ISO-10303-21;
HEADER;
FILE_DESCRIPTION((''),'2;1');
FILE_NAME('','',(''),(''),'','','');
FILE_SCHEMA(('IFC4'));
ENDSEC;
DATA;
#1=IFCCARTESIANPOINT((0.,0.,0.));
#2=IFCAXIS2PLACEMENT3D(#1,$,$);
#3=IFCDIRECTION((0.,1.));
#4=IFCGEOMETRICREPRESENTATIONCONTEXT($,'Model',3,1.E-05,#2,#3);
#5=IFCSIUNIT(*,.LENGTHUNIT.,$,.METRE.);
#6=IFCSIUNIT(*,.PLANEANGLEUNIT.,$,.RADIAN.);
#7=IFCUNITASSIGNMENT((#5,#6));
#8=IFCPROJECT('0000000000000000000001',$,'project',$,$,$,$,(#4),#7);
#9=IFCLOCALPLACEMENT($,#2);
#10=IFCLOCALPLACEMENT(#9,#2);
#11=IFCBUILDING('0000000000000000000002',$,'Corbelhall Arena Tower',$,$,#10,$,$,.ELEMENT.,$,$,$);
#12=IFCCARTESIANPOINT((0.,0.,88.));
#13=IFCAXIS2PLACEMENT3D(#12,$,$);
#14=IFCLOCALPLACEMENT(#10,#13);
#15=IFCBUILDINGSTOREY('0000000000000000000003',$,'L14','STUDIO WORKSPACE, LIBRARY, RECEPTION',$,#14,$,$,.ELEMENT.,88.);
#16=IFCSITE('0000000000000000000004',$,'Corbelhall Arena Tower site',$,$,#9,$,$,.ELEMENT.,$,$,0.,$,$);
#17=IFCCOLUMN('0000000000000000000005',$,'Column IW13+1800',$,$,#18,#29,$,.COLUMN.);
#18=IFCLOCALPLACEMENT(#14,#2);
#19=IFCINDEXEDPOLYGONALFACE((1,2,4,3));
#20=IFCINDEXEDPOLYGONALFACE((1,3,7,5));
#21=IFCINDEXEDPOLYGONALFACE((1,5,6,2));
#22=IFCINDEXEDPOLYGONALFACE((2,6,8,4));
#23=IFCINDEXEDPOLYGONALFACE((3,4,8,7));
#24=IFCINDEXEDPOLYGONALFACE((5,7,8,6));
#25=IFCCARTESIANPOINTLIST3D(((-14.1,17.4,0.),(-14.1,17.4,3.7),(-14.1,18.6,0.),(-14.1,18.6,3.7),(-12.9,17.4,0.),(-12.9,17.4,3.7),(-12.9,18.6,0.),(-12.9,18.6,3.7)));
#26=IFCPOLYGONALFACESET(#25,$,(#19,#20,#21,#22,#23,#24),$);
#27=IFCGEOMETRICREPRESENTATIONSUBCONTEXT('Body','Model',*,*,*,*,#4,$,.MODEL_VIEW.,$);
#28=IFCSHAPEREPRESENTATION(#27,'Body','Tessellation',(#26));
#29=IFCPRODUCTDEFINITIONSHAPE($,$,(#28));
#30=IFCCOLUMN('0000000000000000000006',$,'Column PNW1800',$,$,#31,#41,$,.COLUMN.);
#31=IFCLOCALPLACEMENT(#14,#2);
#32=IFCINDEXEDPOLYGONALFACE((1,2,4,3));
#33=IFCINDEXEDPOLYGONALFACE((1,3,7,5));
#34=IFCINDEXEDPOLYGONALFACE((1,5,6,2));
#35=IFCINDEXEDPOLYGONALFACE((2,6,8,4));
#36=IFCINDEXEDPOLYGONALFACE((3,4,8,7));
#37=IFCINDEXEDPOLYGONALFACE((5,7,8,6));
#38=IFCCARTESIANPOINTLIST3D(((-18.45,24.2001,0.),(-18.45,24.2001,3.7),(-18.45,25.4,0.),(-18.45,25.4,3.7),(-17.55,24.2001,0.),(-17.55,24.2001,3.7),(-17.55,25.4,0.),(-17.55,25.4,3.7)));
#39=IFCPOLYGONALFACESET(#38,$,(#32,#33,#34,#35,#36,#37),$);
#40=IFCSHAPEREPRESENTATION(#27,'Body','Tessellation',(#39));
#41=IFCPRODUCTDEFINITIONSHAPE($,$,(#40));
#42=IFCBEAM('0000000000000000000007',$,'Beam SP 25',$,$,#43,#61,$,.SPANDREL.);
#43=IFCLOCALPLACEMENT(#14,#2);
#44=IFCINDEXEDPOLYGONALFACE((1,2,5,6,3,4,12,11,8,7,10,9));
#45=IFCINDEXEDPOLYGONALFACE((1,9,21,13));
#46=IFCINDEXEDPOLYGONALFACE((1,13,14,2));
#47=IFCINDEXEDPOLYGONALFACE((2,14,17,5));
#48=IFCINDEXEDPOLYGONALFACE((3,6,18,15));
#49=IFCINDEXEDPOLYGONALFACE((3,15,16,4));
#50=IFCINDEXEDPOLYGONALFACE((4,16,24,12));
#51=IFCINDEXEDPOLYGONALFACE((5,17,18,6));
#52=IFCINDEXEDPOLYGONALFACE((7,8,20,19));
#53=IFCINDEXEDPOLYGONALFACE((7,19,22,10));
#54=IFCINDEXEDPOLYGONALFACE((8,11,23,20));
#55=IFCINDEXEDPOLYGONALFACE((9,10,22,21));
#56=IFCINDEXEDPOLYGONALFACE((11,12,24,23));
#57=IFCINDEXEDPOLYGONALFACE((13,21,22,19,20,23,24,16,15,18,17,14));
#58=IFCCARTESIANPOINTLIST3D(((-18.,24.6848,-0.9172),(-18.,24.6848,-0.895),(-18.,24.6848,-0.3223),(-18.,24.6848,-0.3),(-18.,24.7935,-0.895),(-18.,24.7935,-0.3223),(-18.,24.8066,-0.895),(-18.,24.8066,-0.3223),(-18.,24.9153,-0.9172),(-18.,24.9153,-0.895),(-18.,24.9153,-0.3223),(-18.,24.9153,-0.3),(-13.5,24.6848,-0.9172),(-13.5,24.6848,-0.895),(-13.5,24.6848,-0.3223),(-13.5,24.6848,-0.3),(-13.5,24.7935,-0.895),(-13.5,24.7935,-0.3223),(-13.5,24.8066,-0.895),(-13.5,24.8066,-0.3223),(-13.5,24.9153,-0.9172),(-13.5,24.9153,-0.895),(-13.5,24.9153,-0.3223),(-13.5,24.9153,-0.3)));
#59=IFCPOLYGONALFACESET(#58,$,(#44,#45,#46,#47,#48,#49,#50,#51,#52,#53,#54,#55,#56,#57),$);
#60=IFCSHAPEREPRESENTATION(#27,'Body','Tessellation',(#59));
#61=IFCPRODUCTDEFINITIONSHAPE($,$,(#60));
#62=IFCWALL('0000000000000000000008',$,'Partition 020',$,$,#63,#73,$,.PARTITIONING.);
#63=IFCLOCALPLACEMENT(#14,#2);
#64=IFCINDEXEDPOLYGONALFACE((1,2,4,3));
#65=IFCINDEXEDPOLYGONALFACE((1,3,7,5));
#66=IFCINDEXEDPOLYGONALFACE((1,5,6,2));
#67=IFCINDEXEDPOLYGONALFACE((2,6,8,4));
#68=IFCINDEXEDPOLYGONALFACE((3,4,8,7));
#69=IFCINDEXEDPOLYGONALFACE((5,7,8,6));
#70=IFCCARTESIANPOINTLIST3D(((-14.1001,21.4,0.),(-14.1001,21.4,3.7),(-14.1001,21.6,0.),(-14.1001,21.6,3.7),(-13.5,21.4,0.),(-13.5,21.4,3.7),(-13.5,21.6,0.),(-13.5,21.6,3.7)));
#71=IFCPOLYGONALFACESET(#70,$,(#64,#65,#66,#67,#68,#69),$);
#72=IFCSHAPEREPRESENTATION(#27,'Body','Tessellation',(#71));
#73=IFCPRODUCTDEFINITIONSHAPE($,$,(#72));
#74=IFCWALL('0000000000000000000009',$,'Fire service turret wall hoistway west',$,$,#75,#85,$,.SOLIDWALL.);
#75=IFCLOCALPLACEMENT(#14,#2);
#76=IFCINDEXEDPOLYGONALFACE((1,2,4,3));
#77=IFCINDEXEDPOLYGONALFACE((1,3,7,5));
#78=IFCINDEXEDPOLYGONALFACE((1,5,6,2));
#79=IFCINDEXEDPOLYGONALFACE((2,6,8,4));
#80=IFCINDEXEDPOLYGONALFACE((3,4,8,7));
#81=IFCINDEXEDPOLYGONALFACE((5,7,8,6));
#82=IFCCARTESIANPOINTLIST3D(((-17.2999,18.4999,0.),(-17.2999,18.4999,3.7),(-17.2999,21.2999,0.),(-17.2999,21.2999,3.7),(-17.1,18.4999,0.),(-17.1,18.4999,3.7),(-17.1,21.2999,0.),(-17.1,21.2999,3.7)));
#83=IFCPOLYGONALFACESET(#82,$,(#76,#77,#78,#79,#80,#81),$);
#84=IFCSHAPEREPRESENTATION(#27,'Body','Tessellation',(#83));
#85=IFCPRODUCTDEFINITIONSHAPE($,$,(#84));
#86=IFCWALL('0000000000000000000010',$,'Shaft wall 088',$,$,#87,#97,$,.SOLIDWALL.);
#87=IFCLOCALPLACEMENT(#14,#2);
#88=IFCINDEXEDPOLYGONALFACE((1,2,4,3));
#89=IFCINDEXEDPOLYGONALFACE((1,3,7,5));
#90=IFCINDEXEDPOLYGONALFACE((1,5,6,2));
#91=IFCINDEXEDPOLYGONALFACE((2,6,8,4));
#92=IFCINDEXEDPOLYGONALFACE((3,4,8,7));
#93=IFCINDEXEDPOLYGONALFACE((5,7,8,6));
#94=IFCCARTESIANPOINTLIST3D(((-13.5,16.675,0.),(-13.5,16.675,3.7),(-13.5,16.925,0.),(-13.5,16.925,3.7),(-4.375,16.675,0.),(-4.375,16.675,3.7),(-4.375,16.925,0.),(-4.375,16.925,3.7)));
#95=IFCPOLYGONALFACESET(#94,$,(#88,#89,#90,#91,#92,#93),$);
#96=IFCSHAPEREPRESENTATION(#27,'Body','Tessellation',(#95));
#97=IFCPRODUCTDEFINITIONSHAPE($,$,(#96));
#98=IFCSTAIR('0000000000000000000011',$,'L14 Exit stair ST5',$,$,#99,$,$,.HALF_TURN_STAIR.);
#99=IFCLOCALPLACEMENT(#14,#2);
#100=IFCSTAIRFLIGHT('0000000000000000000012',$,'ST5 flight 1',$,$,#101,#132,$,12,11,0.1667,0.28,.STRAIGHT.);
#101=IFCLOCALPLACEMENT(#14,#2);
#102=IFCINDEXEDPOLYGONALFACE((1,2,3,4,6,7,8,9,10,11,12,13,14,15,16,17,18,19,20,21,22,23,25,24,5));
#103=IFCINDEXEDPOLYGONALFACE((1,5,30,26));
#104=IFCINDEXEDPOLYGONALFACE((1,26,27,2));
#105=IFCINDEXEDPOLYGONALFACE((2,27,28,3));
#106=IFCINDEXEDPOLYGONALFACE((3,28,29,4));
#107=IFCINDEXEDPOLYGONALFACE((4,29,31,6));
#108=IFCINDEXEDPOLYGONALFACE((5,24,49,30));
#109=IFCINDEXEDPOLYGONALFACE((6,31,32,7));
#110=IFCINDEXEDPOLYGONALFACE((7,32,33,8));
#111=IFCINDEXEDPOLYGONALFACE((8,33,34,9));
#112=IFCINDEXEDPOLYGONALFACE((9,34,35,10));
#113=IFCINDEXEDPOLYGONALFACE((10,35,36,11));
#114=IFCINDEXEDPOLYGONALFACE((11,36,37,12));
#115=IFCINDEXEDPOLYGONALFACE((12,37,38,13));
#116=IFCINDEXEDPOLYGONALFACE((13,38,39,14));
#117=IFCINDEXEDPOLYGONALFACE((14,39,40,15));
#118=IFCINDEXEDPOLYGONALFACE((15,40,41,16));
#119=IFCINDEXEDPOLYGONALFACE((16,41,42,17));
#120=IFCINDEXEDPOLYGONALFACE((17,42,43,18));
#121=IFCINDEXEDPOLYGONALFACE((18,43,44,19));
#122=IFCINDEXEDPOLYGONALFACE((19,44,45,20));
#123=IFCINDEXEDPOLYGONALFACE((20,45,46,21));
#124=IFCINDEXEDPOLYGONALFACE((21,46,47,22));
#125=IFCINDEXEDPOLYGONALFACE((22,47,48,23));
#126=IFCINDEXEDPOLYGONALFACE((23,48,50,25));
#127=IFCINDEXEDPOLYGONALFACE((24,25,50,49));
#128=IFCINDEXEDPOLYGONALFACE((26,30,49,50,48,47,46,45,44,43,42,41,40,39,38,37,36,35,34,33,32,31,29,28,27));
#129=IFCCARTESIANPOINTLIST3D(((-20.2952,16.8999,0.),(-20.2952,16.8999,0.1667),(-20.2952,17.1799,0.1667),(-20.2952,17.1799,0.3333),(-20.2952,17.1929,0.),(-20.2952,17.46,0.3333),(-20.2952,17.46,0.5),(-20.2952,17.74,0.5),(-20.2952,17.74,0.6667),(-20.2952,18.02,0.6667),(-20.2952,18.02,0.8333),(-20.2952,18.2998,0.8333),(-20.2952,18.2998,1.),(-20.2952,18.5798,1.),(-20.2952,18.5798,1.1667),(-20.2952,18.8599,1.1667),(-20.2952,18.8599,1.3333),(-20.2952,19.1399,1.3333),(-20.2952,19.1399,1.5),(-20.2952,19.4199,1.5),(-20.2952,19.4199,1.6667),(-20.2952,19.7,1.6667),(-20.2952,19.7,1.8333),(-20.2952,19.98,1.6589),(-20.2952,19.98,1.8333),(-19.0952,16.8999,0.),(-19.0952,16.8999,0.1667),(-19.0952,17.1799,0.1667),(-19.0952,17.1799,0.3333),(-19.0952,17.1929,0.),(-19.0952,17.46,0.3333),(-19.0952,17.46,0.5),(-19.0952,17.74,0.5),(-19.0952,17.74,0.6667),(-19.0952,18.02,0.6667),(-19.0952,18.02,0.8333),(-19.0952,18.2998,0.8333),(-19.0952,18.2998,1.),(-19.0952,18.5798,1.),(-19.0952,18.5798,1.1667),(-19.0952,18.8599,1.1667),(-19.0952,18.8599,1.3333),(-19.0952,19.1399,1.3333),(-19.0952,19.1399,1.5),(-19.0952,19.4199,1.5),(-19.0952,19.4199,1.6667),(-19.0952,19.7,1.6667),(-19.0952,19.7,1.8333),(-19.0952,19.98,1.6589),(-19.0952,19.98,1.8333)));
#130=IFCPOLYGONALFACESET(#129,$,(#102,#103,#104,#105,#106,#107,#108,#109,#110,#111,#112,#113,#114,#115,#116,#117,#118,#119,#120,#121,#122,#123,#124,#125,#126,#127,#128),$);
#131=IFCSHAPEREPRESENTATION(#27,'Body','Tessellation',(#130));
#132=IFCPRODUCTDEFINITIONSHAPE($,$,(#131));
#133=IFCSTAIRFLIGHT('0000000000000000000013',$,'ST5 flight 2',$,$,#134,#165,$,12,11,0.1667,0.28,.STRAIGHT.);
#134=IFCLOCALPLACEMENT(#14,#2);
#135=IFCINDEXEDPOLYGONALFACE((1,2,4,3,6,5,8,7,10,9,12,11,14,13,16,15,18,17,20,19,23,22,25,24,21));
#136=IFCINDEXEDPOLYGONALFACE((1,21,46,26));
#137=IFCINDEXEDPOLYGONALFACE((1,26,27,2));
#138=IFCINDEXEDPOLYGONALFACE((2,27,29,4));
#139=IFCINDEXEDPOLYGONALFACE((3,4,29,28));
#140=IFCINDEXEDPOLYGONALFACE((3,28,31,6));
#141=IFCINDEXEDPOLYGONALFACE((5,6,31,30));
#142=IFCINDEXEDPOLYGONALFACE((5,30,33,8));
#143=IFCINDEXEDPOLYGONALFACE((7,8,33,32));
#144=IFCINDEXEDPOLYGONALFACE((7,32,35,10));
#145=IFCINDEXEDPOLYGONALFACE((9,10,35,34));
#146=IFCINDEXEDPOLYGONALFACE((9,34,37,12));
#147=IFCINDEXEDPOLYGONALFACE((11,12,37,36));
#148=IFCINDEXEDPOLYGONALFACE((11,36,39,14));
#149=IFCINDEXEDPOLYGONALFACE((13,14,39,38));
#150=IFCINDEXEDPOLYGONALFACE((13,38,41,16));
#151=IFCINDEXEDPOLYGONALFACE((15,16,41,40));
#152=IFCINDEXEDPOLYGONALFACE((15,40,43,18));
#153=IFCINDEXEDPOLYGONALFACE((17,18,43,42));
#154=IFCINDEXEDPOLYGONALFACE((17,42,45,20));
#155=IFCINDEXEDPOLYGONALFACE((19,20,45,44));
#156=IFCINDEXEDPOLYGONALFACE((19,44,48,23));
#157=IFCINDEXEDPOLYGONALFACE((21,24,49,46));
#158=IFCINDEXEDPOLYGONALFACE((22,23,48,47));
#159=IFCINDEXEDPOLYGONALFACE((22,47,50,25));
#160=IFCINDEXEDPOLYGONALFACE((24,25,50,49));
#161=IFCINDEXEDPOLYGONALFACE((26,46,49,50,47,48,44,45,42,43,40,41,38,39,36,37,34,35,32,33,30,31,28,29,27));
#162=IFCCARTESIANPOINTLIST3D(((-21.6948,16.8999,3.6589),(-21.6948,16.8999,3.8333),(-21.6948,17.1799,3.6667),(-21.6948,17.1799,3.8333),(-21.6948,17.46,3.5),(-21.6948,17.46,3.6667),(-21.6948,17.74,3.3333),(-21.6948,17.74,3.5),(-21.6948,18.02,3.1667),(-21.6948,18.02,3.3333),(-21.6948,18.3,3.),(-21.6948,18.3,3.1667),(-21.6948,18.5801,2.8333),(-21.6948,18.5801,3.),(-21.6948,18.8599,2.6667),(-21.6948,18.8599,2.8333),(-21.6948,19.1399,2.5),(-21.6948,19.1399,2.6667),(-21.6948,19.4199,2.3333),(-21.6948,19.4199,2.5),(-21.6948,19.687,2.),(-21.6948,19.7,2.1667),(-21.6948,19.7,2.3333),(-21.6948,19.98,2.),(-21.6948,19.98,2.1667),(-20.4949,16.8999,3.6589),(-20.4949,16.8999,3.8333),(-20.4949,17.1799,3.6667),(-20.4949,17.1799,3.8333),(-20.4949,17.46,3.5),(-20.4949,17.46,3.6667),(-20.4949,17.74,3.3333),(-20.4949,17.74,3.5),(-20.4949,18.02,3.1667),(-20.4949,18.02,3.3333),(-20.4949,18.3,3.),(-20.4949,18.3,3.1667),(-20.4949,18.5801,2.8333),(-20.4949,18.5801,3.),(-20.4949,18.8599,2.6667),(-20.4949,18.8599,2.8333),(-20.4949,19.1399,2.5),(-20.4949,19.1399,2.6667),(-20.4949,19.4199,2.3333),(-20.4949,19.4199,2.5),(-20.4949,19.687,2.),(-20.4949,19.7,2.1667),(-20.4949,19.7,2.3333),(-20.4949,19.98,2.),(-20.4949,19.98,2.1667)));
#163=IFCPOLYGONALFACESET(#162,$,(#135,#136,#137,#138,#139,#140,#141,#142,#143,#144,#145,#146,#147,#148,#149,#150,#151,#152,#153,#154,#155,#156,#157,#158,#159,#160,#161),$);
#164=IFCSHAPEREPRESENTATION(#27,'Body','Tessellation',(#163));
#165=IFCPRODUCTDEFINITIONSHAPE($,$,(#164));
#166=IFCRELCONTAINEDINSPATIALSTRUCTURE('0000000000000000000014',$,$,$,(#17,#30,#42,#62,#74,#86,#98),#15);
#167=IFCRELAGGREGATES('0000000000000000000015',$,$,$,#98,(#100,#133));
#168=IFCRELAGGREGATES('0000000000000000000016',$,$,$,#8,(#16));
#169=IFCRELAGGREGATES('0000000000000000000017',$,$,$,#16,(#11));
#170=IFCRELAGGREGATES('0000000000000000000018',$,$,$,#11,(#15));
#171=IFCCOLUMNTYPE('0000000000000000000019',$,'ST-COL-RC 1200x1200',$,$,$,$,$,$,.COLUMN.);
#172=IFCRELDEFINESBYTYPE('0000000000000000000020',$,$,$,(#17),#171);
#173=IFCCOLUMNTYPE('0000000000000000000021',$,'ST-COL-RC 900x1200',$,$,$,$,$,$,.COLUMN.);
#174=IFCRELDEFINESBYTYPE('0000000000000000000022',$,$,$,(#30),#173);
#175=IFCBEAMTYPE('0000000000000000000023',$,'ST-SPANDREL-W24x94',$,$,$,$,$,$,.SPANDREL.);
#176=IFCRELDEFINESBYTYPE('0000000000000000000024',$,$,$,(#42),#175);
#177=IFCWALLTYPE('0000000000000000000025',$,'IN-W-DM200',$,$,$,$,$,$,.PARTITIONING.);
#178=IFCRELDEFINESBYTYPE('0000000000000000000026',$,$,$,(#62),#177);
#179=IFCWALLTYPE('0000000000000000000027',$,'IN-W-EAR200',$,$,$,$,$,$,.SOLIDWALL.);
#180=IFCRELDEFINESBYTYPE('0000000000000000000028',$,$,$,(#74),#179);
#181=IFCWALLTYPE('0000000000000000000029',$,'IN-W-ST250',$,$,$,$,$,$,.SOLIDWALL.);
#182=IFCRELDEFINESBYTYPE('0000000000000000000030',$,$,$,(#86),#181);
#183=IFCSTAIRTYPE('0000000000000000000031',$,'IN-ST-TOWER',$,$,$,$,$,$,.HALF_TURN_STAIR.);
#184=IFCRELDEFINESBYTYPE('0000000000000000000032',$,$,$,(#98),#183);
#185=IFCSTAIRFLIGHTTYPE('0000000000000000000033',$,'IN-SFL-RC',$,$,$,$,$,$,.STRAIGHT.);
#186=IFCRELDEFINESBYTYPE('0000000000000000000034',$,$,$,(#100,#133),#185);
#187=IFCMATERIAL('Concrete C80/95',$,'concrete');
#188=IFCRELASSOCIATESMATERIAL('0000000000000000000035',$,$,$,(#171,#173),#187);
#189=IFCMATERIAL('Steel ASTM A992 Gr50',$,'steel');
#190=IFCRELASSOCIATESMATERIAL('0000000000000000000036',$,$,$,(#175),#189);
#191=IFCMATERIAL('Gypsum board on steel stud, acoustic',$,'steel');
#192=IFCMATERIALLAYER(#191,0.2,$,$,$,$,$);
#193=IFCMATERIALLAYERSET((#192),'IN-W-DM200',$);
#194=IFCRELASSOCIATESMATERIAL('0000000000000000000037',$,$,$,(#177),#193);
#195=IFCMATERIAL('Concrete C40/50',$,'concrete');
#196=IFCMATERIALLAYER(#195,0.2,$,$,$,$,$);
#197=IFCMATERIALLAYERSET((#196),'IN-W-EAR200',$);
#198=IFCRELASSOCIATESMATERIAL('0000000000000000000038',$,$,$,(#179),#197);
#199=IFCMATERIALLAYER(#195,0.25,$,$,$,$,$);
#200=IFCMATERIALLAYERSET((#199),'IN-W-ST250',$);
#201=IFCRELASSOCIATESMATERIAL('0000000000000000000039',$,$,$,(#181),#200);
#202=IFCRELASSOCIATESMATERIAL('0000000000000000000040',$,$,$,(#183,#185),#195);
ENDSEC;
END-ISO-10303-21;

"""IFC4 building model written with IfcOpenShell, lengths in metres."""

from ifc_helpers import new_model, si_unit, direction, frame, frame_2d, origin, origin_2d, place, context, subcontext, project, spatial, polyline, rectangle, i_section, outline, extrude, material, layer, layer_set, material_profile, profile_set, type_object, element, aggregate, save


model = new_model("IFC4")

# Units and contexts
model_context = context("Model", 3, precision=1e-05, world=origin(), true_north=direction((0.0, 1.0)))
body_context = subcontext(model_context, "Body", "Model", "MODEL_VIEW")
ifc_project = project(units=[si_unit("LENGTHUNIT", "METRE"), si_unit("PLANEANGLEUNIT", "RADIAN")], contexts=[model_context])

# Site, building, storey
site_placement = place(None, origin())
site = spatial("IfcSite", under=ifc_project, at=site_placement, Name="Corbelhall Arena Tower site", CompositionType="ELEMENT", RefElevation=0.0)
building_placement = place(site_placement, origin())
building = spatial("IfcBuilding", under=site, at=building_placement, Name="Corbelhall Arena Tower", CompositionType="ELEMENT")
storey_placement = place(building_placement, frame((0.0, 0.0, 88.0)))
storey = spatial("IfcBuildingStorey", under=building, at=storey_placement, Name="L14", Description="STUDIO WORKSPACE, LIBRARY, RECEPTION", CompositionType="ELEMENT", Elevation=88.0)

# Columns
ifc_material_1 = material(Name="Concrete C80/95", Category="concrete")
ifc_material_profile_1 = material_profile(ifc_material_1, rectangle(XDim=1.2, YDim=1.2, at=origin_2d()))
ifc_profile_set_1 = profile_set([ifc_material_profile_1], Name="Concrete C80/95")
column_type_1 = type_object("IfcColumnType", Name="ST-COL-RC 1200x1200", PredefinedType="COLUMN", material=ifc_profile_set_1)
column_1_placement = place(storey_placement, frame((-13.5, 18.0, 0.0), z_axis=(0.0, 0.0, 1.0), x_axis=(1.0, 0.0, 0.0)))
element("IfcColumn", 1, at=column_1_placement, inside=storey, type_object=column_type_1, Name="Column IW13+1800", PredefinedType="COLUMN", context=body_context, shape_type="SweptSolid", body=[
    extrude(rectangle(XDim=1.2, YDim=1.2, at=origin_2d()), origin(), (0.0, 0.0, 1.0), 3.7),
])
ifc_material_profile_2 = material_profile(ifc_material_1, rectangle(XDim=0.8999, YDim=1.2, at=origin_2d()))
ifc_profile_set_2 = profile_set([ifc_material_profile_2], Name="Concrete C80/95")
column_type_2 = type_object("IfcColumnType", Name="ST-COL-RC 900x1200", PredefinedType="COLUMN", material=ifc_profile_set_2)
column_2_placement = place(storey_placement, frame((-18.0, 24.8, 0.0), z_axis=(0.0, 0.0, 1.0), x_axis=(1.0, 0.0, 0.0)))
element("IfcColumn", 2, at=column_2_placement, inside=storey, type_object=column_type_2, Name="Column PNW1800", PredefinedType="COLUMN", context=body_context, shape_type="SweptSolid", body=[
    extrude(rectangle(XDim=0.8999, YDim=1.2, at=origin_2d()), origin(), (0.0, 0.0, 1.0), 3.7),
])

# Beam
ifc_material_2 = material(Name="Steel ASTM A992 Gr50", Category="steel")
ifc_material_profile_3 = material_profile(ifc_material_2, i_section(OverallWidth=0.2305, OverallDepth=0.6172, WebThickness=0.0132, FlangeThickness=0.0222, at=origin_2d()))
ifc_profile_set_3 = profile_set([ifc_material_profile_3], Name="Steel ASTM A992 Gr50")
beam_type = type_object("IfcBeamType", Name="ST-SPANDREL-W24x94", PredefinedType="SPANDREL", material=ifc_profile_set_3)
beam_placement = place(storey_placement, frame((-18.0, 24.8, -0.6086), z_axis=(1.0, 0.0, 0.0), x_axis=(0.0, 1.0, 0.0)))
element("IfcBeam", 3, at=beam_placement, inside=storey, type_object=beam_type, Name="Beam SP 25", PredefinedType="SPANDREL", context=body_context, shape_type="SweptSolid", body=[
    extrude(i_section(OverallWidth=0.2305, OverallDepth=0.6172, WebThickness=0.0132, FlangeThickness=0.0222, at=origin_2d()), origin(), (0.0, 0.0, 1.0), 4.5),
])

# Wall
ifc_material_3 = material(Name="Gypsum board on steel stud, acoustic", Category="steel")
ifc_layer_1 = layer(ifc_material_3, 0.2)
ifc_layer_set_1 = layer_set([ifc_layer_1], Name="IN-W-DM200")
wall_type_1 = type_object("IfcWallType", Name="IN-W-DM200", PredefinedType="PARTITIONING", material=ifc_layer_set_1)
wall_1_placement = place(storey_placement, frame((-13.5, 21.5, 0.0), z_axis=(0.0, 0.0, 1.0), x_axis=(-1.0, 0.0, 0.0)))
element("IfcWall", 4, at=wall_1_placement, inside=storey, type_object=wall_type_1, Name="Partition 020", PredefinedType="PARTITIONING", context=body_context, shape_type="SweptSolid", body=[
    extrude(rectangle(XDim=0.6001, YDim=0.2, at=frame_2d((0.3, 0.0))), origin(), (0.0, 0.0, 1.0), 3.7),
])

# Wall
ifc_material_4 = material(Name="Concrete C40/50", Category="concrete")
ifc_layer_2 = layer(ifc_material_4, 0.2)
ifc_layer_set_2 = layer_set([ifc_layer_2], Name="IN-W-EAR200")
wall_type_2 = type_object("IfcWallType", Name="IN-W-EAR200", PredefinedType="SOLIDWALL", material=ifc_layer_set_2)
wall_2_placement = place(storey_placement, frame((-17.2, 18.5, 0.0), z_axis=(0.0, 0.0, 1.0), x_axis=(0.0, 1.0, 0.0)))
element("IfcWall", 5, at=wall_2_placement, inside=storey, type_object=wall_type_2, Name="Fire service turret wall hoistway west", PredefinedType="SOLIDWALL", context=body_context, shape_type="SweptSolid", body=[
    extrude(rectangle(XDim=2.8, YDim=0.2, at=frame_2d((1.3999, 0.0))), origin(), (0.0, 0.0, 1.0), 3.7),
])

# Wall
ifc_layer_3 = layer(ifc_material_4, 0.25)
ifc_layer_set_3 = layer_set([ifc_layer_3], Name="IN-W-ST250")
wall_type_3 = type_object("IfcWallType", Name="IN-W-ST250", PredefinedType="SOLIDWALL", material=ifc_layer_set_3)
wall_3_placement = place(storey_placement, frame((-13.5, 16.8, 0.0), z_axis=(0.0, 0.0, 1.0), x_axis=(1.0, 0.0, 0.0)))
element("IfcWall", 6, at=wall_3_placement, inside=storey, type_object=wall_type_3, Name="Shaft wall 088", PredefinedType="SOLIDWALL", context=body_context, shape_type="SweptSolid", body=[
    extrude(rectangle(XDim=9.125, YDim=0.25, at=frame_2d((4.5625, 0.0))), origin(), (0.0, 0.0, 1.0), 3.7),
])

# Stair, stair flights
stair_type = type_object("IfcStairType", Name="IN-ST-TOWER", PredefinedType="HALF_TURN_STAIR", material=ifc_material_4)
stair_placement = place(storey_placement, origin())
stair = element("IfcStair", 7, at=stair_placement, inside=storey, type_object=stair_type, Name="L14 Exit stair ST5", PredefinedType="HALF_TURN_STAIR")
stair_flight_type = type_object("IfcStairFlightType", Name="IN-SFL-RC", PredefinedType="STRAIGHT", material=ifc_material_4)
stair_flight_1_placement = place(storey_placement, frame((-19.6951, 16.8999, 0.0), z_axis=(0.0, 0.0, 1.0), x_axis=(0.0, 1.0, 0.0)))
stair_flight_1 = element("IfcStairFlight", 8, at=stair_flight_1_placement, type_object=stair_flight_type, Name="ST5 flight 1", NumberOfRisers=12, NumberOfTreads=11, PredefinedType="STRAIGHT", RiserHeight=0.1667, TreadLength=0.28, context=body_context, shape_type="SweptSolid", body=[
    extrude(outline(polyline([(0.0, 0.0), (0.0, 0.1667), (0.28, 0.1667), (0.28, 0.3333), (0.5601, 0.3333), (0.5601, 0.5), (0.8401, 0.5), (0.8401, 0.6667), (1.1201, 0.6667), (1.1201, 0.8333), (1.3999, 0.8333), (1.3999, 1.0), (1.6799, 1.0), (1.6799, 1.1667), (1.96, 1.1667), (1.96, 1.3333), (2.24, 1.3333), (2.24, 1.5), (2.52, 1.5), (2.52, 1.6667), (2.8, 1.6667), (2.8, 1.8333), (3.0801, 1.8333), (3.0801, 2.0), (3.0801, 1.6589), (0.293, 0.0), (0.0, 0.0)])), frame((0.0, 0.6001, 0.0), z_axis=(0.0, -1.0, 0.0), x_axis=(1.0, 0.0, 0.0)), (0.0, 0.0, 1.0), 1.2),
])
stair_flight_2_placement = place(storey_placement, frame((-21.095, 19.98, 2.0), z_axis=(0.0, 0.0, 1.0), x_axis=(0.0, -1.0, 0.0)))
stair_flight_2 = element("IfcStairFlight", 9, at=stair_flight_2_placement, type_object=stair_flight_type, Name="ST5 flight 2", NumberOfRisers=12, NumberOfTreads=11, PredefinedType="STRAIGHT", RiserHeight=0.1667, TreadLength=0.28, context=body_context, shape_type="SweptSolid", body=[
    extrude(outline(polyline([(0.0, 0.0), (0.0, 0.1667), (0.28, 0.1667), (0.28, 0.3333), (0.5601, 0.3333), (0.5601, 0.5), (0.8401, 0.5), (0.8401, 0.6667), (1.1201, 0.6667), (1.1201, 0.8333), (1.3999, 0.8333), (1.3999, 1.0), (1.6799, 1.0), (1.6799, 1.1667), (1.96, 1.1667), (1.96, 1.3333), (2.24, 1.3333), (2.24, 1.5), (2.52, 1.5), (2.52, 1.6667), (2.8, 1.6667), (2.8, 1.8333), (3.0801, 1.8333), (3.0801, 2.0), (3.0801, 1.6589), (0.293, 0.0), (0.0, 0.0)])), frame((0.0, 0.6001, 0.0), z_axis=(0.0, -1.0, 0.0), x_axis=(1.0, 0.0, 0.0)), (0.0, 0.0, 1.0), 1.2),
])
aggregate(stair, [stair_flight_1, stair_flight_2])

save(model, "model.ifc")
